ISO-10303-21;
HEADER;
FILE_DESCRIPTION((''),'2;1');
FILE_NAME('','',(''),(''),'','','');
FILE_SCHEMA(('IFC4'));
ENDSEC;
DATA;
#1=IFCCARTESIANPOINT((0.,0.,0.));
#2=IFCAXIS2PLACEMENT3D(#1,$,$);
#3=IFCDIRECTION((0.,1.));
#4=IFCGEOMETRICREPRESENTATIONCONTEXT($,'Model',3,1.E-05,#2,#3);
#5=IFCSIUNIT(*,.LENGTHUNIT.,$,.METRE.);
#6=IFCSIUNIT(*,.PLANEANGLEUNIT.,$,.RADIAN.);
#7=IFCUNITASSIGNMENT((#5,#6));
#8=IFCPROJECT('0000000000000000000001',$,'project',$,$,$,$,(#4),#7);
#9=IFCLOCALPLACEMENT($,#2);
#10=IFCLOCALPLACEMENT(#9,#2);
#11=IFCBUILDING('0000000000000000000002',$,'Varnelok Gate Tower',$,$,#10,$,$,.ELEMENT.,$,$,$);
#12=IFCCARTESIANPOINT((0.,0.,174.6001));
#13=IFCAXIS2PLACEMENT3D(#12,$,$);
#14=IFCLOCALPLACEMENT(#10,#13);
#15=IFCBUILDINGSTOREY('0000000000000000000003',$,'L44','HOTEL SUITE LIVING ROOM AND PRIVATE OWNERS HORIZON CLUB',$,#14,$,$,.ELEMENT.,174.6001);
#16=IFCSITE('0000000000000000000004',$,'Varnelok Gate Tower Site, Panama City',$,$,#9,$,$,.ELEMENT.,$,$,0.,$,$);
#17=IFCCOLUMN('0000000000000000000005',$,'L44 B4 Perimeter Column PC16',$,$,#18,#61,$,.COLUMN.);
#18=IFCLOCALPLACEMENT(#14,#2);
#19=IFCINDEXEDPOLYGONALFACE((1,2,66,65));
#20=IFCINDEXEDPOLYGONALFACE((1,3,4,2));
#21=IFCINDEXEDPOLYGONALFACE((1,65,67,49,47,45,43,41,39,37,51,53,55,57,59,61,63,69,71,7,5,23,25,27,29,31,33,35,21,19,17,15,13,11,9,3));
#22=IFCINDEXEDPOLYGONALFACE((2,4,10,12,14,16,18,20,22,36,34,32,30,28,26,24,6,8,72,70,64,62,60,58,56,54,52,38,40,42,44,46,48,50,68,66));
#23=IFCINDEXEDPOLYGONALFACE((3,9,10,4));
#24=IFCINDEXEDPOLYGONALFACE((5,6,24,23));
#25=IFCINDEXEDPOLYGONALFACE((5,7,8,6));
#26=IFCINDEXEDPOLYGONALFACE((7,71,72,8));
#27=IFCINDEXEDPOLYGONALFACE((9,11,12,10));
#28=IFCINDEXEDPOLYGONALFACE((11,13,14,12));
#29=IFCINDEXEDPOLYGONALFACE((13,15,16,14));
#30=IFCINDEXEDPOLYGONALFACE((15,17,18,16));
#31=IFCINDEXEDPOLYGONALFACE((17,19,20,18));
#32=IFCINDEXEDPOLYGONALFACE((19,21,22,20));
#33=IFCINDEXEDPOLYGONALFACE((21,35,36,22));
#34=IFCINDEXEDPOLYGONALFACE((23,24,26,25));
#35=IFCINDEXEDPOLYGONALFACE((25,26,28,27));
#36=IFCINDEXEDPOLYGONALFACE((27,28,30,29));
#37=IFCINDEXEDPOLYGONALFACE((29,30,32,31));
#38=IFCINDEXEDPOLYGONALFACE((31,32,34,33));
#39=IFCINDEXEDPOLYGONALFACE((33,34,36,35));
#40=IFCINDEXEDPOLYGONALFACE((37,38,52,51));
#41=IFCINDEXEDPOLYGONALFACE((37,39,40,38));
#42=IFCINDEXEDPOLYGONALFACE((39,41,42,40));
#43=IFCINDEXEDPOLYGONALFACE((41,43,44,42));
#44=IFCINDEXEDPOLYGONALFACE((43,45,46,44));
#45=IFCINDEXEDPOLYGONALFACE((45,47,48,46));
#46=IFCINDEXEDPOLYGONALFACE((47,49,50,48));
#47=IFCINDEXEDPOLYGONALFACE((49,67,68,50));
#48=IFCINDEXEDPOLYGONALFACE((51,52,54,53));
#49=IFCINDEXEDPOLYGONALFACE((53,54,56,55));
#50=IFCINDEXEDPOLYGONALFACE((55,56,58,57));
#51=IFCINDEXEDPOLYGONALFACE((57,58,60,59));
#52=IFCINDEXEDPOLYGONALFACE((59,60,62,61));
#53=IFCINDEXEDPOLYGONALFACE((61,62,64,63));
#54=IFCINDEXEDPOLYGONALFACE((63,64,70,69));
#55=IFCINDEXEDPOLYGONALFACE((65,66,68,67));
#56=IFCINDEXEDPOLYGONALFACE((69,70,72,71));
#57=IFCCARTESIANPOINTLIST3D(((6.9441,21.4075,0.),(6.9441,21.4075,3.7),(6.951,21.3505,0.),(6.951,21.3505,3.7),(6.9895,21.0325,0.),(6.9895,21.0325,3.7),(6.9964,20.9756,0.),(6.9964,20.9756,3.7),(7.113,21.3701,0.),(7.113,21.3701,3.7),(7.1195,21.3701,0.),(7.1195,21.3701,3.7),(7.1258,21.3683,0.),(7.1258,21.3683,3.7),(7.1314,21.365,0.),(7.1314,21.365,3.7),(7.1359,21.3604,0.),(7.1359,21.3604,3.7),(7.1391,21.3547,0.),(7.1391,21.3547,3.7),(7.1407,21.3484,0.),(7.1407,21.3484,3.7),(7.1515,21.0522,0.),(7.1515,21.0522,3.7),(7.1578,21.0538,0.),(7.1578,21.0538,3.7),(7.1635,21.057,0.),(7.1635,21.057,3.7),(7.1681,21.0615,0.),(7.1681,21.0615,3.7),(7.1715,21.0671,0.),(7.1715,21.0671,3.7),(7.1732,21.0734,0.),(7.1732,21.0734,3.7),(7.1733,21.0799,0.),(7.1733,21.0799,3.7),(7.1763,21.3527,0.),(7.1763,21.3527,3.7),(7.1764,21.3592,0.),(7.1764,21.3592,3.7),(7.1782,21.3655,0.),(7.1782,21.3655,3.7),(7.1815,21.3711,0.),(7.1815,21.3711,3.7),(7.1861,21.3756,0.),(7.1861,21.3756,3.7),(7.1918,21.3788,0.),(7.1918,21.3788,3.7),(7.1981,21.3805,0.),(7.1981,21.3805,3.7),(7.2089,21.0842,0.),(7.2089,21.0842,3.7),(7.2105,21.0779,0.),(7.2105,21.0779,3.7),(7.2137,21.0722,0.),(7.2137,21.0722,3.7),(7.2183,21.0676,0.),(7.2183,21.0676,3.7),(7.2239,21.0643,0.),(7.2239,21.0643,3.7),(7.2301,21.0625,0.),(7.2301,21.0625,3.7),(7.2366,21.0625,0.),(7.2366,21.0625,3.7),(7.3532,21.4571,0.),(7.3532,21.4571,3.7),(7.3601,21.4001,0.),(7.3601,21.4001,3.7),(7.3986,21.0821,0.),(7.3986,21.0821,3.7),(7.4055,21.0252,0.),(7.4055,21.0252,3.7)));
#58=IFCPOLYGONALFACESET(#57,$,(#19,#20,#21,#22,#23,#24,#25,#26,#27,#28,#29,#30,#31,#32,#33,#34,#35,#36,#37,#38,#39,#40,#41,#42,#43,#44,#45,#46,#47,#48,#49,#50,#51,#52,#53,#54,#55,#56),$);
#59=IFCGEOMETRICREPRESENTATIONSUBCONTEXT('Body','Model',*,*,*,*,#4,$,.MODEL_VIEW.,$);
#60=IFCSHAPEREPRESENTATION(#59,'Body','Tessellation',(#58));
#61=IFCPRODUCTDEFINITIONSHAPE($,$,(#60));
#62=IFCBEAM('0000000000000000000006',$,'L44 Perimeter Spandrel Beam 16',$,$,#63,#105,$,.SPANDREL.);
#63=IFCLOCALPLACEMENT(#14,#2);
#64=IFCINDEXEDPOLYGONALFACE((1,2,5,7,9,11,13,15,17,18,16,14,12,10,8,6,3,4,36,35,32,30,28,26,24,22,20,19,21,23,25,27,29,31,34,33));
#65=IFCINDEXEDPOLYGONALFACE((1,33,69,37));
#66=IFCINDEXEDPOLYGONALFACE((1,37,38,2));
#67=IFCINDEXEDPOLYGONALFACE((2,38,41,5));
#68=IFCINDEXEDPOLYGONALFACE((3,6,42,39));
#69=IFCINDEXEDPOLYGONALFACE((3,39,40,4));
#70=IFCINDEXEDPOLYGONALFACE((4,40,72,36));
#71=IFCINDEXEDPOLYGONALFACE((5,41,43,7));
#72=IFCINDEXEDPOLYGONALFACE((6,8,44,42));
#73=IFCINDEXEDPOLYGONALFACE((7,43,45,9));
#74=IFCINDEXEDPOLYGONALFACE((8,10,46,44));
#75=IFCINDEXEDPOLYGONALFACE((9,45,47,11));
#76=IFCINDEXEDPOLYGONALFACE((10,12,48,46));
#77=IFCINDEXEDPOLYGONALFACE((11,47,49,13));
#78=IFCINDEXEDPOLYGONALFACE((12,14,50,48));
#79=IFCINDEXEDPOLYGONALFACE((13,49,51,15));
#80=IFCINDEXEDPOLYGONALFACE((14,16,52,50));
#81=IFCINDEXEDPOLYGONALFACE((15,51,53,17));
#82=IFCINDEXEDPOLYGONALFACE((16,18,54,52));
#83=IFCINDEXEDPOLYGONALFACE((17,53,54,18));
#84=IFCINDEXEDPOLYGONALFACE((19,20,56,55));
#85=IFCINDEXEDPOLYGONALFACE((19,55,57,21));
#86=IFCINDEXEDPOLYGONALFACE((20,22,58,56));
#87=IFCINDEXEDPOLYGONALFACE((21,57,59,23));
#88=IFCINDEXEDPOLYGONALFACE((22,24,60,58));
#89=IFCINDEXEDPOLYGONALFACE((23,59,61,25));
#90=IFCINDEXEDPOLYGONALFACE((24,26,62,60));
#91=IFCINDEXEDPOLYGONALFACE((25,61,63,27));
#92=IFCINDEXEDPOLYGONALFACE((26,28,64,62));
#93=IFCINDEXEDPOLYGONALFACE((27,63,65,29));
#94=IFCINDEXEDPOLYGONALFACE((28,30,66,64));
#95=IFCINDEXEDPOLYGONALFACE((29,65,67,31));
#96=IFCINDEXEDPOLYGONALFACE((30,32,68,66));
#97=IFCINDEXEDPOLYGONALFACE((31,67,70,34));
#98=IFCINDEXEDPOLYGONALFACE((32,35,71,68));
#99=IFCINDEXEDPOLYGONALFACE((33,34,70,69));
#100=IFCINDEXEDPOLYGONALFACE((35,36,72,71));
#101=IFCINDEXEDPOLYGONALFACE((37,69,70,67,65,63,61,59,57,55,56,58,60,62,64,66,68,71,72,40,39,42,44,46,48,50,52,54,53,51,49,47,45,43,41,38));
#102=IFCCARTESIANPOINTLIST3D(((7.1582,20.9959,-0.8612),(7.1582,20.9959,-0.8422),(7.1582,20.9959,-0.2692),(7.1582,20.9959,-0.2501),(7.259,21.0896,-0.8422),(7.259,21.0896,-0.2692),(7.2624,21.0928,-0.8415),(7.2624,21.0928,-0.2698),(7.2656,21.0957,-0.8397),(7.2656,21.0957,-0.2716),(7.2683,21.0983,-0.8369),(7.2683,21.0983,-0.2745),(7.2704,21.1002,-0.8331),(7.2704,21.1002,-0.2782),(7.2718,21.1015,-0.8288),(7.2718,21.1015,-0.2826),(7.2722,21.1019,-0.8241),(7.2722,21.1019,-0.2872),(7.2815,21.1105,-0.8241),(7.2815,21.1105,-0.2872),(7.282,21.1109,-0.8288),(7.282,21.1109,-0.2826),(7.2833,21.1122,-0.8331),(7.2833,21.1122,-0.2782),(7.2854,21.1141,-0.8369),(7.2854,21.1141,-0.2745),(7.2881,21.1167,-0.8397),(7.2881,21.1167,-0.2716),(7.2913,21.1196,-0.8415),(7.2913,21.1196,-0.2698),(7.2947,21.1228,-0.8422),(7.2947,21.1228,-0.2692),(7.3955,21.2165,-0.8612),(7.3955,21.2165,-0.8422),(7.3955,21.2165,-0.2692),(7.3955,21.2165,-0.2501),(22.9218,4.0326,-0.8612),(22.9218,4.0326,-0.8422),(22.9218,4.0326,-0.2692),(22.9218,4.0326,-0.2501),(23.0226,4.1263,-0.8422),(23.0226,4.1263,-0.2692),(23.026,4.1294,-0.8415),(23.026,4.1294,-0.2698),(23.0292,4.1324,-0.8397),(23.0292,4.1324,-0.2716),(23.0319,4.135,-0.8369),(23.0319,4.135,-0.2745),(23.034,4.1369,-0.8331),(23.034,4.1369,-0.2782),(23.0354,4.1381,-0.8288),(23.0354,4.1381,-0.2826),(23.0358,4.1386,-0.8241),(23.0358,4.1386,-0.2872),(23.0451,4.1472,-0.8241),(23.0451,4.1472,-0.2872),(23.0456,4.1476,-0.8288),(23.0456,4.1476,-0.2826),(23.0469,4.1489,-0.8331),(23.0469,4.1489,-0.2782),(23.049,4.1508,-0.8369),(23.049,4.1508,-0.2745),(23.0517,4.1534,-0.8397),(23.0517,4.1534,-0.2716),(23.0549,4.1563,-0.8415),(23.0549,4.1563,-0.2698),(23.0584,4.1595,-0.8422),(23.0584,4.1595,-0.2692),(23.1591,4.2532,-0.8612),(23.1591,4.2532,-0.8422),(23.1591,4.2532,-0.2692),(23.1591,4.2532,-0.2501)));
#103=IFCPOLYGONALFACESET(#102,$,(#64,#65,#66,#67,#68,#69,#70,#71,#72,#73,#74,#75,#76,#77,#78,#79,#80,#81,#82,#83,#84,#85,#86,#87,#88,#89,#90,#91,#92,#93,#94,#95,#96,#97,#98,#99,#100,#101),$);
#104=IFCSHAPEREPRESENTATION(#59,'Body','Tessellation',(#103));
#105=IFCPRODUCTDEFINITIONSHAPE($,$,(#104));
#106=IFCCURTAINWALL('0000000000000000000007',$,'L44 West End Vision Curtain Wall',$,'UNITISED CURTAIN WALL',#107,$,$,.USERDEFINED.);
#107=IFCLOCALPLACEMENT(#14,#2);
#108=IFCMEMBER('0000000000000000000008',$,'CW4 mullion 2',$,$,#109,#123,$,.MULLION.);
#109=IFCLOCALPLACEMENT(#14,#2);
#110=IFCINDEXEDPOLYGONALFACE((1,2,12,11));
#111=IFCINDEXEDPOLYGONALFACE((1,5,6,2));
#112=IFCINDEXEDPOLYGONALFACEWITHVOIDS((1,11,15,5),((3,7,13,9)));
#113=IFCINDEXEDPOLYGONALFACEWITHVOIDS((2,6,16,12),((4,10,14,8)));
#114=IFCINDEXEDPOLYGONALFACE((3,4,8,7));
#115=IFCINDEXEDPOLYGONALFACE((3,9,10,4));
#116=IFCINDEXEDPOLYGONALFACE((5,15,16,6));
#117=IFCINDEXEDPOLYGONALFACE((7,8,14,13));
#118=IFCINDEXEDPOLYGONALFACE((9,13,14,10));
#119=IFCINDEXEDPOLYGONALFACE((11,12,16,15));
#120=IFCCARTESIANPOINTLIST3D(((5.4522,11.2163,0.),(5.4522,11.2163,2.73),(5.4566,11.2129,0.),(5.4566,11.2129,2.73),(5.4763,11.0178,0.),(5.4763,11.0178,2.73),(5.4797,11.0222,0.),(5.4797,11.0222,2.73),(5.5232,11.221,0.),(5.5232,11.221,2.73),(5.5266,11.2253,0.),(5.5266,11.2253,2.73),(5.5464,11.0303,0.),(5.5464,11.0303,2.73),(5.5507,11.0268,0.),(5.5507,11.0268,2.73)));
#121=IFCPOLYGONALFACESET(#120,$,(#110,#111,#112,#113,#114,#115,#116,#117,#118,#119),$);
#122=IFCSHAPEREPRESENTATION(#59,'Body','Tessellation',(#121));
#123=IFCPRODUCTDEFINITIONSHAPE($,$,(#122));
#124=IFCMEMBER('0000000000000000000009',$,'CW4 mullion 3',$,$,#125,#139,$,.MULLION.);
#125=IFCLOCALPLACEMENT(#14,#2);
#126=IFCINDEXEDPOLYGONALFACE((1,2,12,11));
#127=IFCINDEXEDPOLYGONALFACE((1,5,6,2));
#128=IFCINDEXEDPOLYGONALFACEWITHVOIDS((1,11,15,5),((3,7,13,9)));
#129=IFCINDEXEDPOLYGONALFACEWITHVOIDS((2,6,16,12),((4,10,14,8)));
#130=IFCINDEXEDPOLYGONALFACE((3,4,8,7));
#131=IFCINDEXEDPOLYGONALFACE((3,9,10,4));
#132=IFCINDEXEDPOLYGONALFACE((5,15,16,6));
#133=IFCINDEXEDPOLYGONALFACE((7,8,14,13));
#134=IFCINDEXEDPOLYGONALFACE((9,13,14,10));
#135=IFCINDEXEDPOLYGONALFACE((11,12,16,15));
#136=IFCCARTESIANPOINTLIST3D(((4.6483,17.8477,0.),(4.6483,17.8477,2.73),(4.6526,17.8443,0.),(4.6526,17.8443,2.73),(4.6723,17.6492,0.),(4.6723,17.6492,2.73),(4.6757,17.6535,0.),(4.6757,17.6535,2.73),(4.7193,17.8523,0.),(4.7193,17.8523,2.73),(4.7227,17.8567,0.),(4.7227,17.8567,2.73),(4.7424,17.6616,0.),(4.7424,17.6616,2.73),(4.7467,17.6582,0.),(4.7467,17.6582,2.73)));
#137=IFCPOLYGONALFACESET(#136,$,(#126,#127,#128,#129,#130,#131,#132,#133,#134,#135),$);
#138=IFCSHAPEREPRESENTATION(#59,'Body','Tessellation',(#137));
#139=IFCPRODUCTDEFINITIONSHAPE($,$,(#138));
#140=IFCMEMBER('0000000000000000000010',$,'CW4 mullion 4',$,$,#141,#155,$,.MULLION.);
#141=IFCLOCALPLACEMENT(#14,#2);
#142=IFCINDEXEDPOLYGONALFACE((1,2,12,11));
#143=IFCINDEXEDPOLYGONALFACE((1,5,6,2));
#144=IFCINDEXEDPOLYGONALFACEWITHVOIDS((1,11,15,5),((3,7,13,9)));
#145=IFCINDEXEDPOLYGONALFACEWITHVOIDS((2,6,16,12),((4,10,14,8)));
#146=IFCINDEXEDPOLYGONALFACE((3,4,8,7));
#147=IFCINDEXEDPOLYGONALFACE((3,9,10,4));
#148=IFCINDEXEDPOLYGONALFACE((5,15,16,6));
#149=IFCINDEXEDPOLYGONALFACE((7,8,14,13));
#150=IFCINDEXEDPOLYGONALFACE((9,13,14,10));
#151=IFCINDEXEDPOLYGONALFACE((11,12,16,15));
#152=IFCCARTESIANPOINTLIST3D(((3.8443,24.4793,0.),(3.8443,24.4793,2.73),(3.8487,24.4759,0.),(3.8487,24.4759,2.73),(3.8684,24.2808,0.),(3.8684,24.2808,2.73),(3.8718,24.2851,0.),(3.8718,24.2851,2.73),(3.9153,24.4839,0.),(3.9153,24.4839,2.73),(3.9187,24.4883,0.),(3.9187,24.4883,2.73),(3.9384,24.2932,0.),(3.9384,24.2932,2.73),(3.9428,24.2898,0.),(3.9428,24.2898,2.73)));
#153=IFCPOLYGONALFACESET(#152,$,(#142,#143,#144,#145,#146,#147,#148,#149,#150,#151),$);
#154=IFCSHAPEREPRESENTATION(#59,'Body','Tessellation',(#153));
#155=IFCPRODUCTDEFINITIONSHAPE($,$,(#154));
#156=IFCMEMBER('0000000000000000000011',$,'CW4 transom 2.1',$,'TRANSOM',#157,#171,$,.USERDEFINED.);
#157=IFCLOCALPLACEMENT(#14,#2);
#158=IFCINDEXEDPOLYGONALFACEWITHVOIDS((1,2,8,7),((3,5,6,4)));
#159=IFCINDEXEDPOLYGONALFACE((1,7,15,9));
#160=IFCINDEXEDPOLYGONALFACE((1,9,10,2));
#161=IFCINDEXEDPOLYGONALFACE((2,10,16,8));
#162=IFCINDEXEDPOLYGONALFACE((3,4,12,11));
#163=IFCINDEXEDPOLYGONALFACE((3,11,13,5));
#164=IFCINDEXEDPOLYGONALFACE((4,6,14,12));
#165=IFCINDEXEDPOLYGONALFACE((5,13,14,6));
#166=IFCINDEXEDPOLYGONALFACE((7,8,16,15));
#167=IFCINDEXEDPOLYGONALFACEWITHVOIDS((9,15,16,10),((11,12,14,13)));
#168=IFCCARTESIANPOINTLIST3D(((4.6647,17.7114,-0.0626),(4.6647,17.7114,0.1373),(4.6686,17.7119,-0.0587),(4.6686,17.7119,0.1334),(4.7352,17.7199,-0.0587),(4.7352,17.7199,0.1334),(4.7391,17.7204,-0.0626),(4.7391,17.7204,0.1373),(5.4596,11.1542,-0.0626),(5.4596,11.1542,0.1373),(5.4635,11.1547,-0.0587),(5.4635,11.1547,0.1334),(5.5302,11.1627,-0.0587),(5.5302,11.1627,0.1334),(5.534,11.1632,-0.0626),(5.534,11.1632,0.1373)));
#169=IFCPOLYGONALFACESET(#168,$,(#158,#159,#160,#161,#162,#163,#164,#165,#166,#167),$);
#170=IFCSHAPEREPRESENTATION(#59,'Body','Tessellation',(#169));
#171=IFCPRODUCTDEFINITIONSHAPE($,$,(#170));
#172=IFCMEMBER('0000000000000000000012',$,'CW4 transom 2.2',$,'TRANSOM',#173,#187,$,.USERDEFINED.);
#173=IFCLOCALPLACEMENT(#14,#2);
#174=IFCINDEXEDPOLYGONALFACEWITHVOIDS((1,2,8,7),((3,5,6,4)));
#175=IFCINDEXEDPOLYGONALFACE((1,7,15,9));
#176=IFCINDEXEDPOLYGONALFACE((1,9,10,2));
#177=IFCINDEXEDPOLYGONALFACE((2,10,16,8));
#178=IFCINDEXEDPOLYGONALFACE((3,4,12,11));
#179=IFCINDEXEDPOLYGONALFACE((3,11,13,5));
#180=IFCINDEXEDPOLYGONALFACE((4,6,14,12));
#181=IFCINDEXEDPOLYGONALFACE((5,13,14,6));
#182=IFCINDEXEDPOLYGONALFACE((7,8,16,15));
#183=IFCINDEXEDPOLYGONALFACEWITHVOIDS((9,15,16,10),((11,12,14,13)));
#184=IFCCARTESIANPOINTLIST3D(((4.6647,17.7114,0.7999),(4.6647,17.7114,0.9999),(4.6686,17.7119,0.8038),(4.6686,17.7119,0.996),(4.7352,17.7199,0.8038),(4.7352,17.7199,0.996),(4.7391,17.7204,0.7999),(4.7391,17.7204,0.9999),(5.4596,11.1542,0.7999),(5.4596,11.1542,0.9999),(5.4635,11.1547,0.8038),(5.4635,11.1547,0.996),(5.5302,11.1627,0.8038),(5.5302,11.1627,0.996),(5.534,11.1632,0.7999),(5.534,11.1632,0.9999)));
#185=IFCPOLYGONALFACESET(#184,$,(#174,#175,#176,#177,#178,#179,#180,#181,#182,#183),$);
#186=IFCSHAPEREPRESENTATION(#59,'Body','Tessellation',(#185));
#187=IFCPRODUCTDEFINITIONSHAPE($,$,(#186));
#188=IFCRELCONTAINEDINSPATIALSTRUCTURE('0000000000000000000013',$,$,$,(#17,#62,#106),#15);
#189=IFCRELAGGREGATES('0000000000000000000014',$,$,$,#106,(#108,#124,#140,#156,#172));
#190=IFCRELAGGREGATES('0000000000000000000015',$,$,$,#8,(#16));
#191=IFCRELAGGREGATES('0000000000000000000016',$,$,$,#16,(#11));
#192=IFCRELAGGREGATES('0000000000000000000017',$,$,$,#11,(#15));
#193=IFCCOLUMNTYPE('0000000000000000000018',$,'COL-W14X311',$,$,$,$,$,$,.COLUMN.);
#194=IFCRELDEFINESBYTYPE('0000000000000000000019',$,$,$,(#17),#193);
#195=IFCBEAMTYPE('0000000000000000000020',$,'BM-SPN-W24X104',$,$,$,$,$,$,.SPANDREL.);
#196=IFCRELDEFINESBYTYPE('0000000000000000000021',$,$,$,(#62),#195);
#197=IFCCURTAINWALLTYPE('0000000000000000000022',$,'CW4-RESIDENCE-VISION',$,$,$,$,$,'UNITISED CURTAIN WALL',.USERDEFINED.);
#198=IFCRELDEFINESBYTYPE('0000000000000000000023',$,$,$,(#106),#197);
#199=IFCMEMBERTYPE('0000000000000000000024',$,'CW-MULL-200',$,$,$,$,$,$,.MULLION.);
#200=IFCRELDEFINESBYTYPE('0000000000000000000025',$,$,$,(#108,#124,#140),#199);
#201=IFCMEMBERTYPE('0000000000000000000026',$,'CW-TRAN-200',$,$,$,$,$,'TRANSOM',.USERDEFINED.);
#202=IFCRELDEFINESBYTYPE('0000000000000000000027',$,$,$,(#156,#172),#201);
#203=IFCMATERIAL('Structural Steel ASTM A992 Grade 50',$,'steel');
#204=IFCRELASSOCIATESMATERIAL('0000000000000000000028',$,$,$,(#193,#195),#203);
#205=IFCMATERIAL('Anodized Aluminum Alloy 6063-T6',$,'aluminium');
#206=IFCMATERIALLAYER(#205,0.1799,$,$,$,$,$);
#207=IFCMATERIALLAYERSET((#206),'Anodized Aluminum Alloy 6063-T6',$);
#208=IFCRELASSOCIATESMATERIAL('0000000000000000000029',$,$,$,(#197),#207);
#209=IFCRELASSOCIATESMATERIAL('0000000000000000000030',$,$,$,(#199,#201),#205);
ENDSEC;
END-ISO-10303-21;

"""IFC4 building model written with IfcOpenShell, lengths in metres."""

from ifc_helpers import new_model, si_unit, direction, frame, origin, origin_2d, place, context, subcontext, project, spatial, hollow_rectangle, i_section, extrude, material, layer, layer_set, material_profile, profile_set, type_object, element, aggregate, save


model = new_model("IFC4")

# Units and contexts
model_context = context("Model", 3, precision=1e-05, world=origin(), true_north=direction((0.0, 1.0)))
body_context = subcontext(model_context, "Body", "Model", "MODEL_VIEW")
ifc_project = project(units=[si_unit("LENGTHUNIT", "METRE"), si_unit("PLANEANGLEUNIT", "RADIAN")], contexts=[model_context])

# Site, building, storey
site_placement = place(None, origin())
site = spatial("IfcSite", under=ifc_project, at=site_placement, Name="Varnelok Gate Tower Site, Panama City", CompositionType="ELEMENT", RefElevation=0.0)
building_placement = place(site_placement, origin())
building = spatial("IfcBuilding", under=site, at=building_placement, Name="Varnelok Gate Tower", CompositionType="ELEMENT")
storey_placement = place(building_placement, frame((0.0, 0.0, 174.6001)))
storey = spatial("IfcBuildingStorey", under=building, at=storey_placement, Name="L44", Description="HOTEL SUITE LIVING ROOM AND PRIVATE OWNERS HORIZON CLUB", CompositionType="ELEMENT", Elevation=174.6001)

# Column
ifc_material_1 = material(Name="Structural Steel ASTM A992 Grade 50", Category="steel")
ifc_material_profile_1 = material_profile(ifc_material_1, i_section(OverallWidth=0.4121, OverallDepth=0.4351, WebThickness=0.0359, FlangeThickness=0.0574, FilletRadius=0.0249, at=origin_2d()), Name="W14X311")
ifc_profile_set_1 = profile_set([ifc_material_profile_1], Name="Structural Steel ASTM A992 Grade 50")
column_type = type_object("IfcColumnType", Name="COL-W14X311", PredefinedType="COLUMN", material=ifc_profile_set_1)
column_placement = place(storey_placement, frame((7.1748, 21.2163, 0.0), z_axis=(0.0, 0.0, 1.0), x_axis=(0.992732, 0.120345, 0.0)))
element("IfcColumn", 1, at=column_placement, inside=storey, type_object=column_type, Name="L44 B4 Perimeter Column PC16", PredefinedType="COLUMN", context=body_context, shape_type="SweptSolid", body=[
    extrude(i_section(OverallWidth=0.4121, OverallDepth=0.4351, WebThickness=0.0359, FlangeThickness=0.0574, FilletRadius=0.0249, at=origin_2d()), origin(), (0.0, 0.0, 1.0), 3.7),
])

# Beam
ifc_material_profile_2 = material_profile(ifc_material_1, i_section(OverallWidth=0.324, OverallDepth=0.6111, WebThickness=0.0127, FlangeThickness=0.019, FilletRadius=0.0181, at=origin_2d()), Name="W24X104")
ifc_profile_set_2 = profile_set([ifc_material_profile_2], Name="Structural Steel ASTM A992 Grade 50")
beam_type = type_object("IfcBeamType", Name="BM-SPN-W24X104", PredefinedType="SPANDREL", material=ifc_profile_set_2)
beam_placement = place(storey_placement, frame((7.2769, 21.1062, -0.5557), z_axis=(0.680728, -0.732536, 0.0), x_axis=(0.732536, 0.680728, 0.0)))
element("IfcBeam", 2, at=beam_placement, inside=storey, type_object=beam_type, Name="L44 Perimeter Spandrel Beam 16", PredefinedType="SPANDREL", context=body_context, shape_type="SweptSolid", body=[
    extrude(i_section(OverallWidth=0.324, OverallDepth=0.6111, WebThickness=0.0127, FlangeThickness=0.019, FilletRadius=0.0181, at=origin_2d()), origin(), (0.0, 0.0, 1.0), 23.157),
])

# Curtain wall, members
ifc_material_2 = material(Name="Anodized Aluminum Alloy 6063-T6", Category="aluminium")
ifc_layer_1 = layer(ifc_material_2, 0.1799)
ifc_layer_set_1 = layer_set([ifc_layer_1], Name="Anodized Aluminum Alloy 6063-T6")
curtain_wall_type = type_object("IfcCurtainWallType", Name="CW4-RESIDENCE-VISION", ElementType="UNITISED CURTAIN WALL", PredefinedType="USERDEFINED", material=ifc_layer_set_1)
curtain_wall_placement = place(storey_placement, origin())
curtain_wall = element("IfcCurtainWall", 3, at=curtain_wall_placement, inside=storey, type_object=curtain_wall_type, Name="L44 West End Vision Curtain Wall", ObjectType="UNITISED CURTAIN WALL", PredefinedType="USERDEFINED")
ifc_material_profile_3 = material_profile(ifc_material_2, hollow_rectangle(XDim=0.075, YDim=0.2, WallThickness=0.0039, at=origin_2d()), Name="ALU200X75X4")
ifc_profile_set_3 = profile_set([ifc_material_profile_3], Name="Anodized Aluminum Alloy 6063-T6")
member_type_1 = type_object("IfcMemberType", Name="CW-MULL-200", PredefinedType="MULLION", material=ifc_profile_set_3)
member_1_placement = place(storey_placement, frame((5.5015, 11.1216, 0.0), z_axis=(0.0, 0.0, 1.0), x_axis=(-0.992732, -0.120345, 0.0)))
member_1 = element("IfcMember", 4, at=member_1_placement, type_object=member_type_1, Name="CW4 mullion 2", PredefinedType="MULLION", context=body_context, shape_type="SweptSolid", body=[
    extrude(hollow_rectangle(XDim=0.075, YDim=0.2, WallThickness=0.0039, at=origin_2d()), origin(), (0.0, 0.0, 1.0), 2.73),
])
member_2_placement = place(storey_placement, frame((4.6975, 17.7529, 0.0), z_axis=(0.0, 0.0, 1.0), x_axis=(-0.992732, -0.120345, 0.0)))
member_2 = element("IfcMember", 5, at=member_2_placement, type_object=member_type_1, Name="CW4 mullion 3", PredefinedType="MULLION", context=body_context, shape_type="SweptSolid", body=[
    extrude(hollow_rectangle(XDim=0.075, YDim=0.2, WallThickness=0.0039, at=origin_2d()), origin(), (0.0, 0.0, 1.0), 2.73),
])
member_3_placement = place(storey_placement, frame((3.8936, 24.3845, 0.0), z_axis=(0.0, 0.0, 1.0), x_axis=(-0.992732, -0.120345, 0.0)))
member_3 = element("IfcMember", 6, at=member_3_placement, type_object=member_type_1, Name="CW4 mullion 4", PredefinedType="MULLION", context=body_context, shape_type="SweptSolid", body=[
    extrude(hollow_rectangle(XDim=0.075, YDim=0.2, WallThickness=0.0039, at=origin_2d()), origin(), (0.0, 0.0, 1.0), 2.73),
])
ifc_material_profile_4 = material_profile(ifc_material_2, hollow_rectangle(XDim=0.075, YDim=0.2, WallThickness=0.0039, at=origin_2d()), Name="ALU200X75X4")
ifc_profile_set_4 = profile_set([ifc_material_profile_4], Name="Anodized Aluminum Alloy 6063-T6")
member_type_2 = type_object("IfcMemberType", Name="CW-TRAN-200", ElementType="TRANSOM", PredefinedType="USERDEFINED", material=ifc_profile_set_4)
member_4_placement = place(storey_placement, frame((5.4968, 11.1587, 0.0374), z_axis=(-0.120349, 0.992732, 0.0), x_axis=(-0.992732, -0.120349, 0.0)))
member_4 = element("IfcMember", 7, at=member_4_placement, type_object=member_type_2, Name="CW4 transom 2.1", ObjectType="TRANSOM", PredefinedType="USERDEFINED", context=body_context, shape_type="SweptSolid", body=[
    extrude(hollow_rectangle(XDim=0.075, YDim=0.2, WallThickness=0.0039, at=origin_2d()), origin(), (0.0, 0.0, 1.0), 6.6052),
])
member_5_placement = place(storey_placement, frame((5.4968, 11.1587, 0.8999), z_axis=(-0.120349, 0.992732, 0.0), x_axis=(-0.992732, -0.120349, 0.0)))
member_5 = element("IfcMember", 8, at=member_5_placement, type_object=member_type_2, Name="CW4 transom 2.2", ObjectType="TRANSOM", PredefinedType="USERDEFINED", context=body_context, shape_type="SweptSolid", body=[
    extrude(hollow_rectangle(XDim=0.075, YDim=0.2, WallThickness=0.0039, at=origin_2d()), origin(), (0.0, 0.0, 1.0), 6.6052),
])
aggregate(curtain_wall, [member_1, member_2, member_3, member_4, member_5])

save(model, "model.ifc")
